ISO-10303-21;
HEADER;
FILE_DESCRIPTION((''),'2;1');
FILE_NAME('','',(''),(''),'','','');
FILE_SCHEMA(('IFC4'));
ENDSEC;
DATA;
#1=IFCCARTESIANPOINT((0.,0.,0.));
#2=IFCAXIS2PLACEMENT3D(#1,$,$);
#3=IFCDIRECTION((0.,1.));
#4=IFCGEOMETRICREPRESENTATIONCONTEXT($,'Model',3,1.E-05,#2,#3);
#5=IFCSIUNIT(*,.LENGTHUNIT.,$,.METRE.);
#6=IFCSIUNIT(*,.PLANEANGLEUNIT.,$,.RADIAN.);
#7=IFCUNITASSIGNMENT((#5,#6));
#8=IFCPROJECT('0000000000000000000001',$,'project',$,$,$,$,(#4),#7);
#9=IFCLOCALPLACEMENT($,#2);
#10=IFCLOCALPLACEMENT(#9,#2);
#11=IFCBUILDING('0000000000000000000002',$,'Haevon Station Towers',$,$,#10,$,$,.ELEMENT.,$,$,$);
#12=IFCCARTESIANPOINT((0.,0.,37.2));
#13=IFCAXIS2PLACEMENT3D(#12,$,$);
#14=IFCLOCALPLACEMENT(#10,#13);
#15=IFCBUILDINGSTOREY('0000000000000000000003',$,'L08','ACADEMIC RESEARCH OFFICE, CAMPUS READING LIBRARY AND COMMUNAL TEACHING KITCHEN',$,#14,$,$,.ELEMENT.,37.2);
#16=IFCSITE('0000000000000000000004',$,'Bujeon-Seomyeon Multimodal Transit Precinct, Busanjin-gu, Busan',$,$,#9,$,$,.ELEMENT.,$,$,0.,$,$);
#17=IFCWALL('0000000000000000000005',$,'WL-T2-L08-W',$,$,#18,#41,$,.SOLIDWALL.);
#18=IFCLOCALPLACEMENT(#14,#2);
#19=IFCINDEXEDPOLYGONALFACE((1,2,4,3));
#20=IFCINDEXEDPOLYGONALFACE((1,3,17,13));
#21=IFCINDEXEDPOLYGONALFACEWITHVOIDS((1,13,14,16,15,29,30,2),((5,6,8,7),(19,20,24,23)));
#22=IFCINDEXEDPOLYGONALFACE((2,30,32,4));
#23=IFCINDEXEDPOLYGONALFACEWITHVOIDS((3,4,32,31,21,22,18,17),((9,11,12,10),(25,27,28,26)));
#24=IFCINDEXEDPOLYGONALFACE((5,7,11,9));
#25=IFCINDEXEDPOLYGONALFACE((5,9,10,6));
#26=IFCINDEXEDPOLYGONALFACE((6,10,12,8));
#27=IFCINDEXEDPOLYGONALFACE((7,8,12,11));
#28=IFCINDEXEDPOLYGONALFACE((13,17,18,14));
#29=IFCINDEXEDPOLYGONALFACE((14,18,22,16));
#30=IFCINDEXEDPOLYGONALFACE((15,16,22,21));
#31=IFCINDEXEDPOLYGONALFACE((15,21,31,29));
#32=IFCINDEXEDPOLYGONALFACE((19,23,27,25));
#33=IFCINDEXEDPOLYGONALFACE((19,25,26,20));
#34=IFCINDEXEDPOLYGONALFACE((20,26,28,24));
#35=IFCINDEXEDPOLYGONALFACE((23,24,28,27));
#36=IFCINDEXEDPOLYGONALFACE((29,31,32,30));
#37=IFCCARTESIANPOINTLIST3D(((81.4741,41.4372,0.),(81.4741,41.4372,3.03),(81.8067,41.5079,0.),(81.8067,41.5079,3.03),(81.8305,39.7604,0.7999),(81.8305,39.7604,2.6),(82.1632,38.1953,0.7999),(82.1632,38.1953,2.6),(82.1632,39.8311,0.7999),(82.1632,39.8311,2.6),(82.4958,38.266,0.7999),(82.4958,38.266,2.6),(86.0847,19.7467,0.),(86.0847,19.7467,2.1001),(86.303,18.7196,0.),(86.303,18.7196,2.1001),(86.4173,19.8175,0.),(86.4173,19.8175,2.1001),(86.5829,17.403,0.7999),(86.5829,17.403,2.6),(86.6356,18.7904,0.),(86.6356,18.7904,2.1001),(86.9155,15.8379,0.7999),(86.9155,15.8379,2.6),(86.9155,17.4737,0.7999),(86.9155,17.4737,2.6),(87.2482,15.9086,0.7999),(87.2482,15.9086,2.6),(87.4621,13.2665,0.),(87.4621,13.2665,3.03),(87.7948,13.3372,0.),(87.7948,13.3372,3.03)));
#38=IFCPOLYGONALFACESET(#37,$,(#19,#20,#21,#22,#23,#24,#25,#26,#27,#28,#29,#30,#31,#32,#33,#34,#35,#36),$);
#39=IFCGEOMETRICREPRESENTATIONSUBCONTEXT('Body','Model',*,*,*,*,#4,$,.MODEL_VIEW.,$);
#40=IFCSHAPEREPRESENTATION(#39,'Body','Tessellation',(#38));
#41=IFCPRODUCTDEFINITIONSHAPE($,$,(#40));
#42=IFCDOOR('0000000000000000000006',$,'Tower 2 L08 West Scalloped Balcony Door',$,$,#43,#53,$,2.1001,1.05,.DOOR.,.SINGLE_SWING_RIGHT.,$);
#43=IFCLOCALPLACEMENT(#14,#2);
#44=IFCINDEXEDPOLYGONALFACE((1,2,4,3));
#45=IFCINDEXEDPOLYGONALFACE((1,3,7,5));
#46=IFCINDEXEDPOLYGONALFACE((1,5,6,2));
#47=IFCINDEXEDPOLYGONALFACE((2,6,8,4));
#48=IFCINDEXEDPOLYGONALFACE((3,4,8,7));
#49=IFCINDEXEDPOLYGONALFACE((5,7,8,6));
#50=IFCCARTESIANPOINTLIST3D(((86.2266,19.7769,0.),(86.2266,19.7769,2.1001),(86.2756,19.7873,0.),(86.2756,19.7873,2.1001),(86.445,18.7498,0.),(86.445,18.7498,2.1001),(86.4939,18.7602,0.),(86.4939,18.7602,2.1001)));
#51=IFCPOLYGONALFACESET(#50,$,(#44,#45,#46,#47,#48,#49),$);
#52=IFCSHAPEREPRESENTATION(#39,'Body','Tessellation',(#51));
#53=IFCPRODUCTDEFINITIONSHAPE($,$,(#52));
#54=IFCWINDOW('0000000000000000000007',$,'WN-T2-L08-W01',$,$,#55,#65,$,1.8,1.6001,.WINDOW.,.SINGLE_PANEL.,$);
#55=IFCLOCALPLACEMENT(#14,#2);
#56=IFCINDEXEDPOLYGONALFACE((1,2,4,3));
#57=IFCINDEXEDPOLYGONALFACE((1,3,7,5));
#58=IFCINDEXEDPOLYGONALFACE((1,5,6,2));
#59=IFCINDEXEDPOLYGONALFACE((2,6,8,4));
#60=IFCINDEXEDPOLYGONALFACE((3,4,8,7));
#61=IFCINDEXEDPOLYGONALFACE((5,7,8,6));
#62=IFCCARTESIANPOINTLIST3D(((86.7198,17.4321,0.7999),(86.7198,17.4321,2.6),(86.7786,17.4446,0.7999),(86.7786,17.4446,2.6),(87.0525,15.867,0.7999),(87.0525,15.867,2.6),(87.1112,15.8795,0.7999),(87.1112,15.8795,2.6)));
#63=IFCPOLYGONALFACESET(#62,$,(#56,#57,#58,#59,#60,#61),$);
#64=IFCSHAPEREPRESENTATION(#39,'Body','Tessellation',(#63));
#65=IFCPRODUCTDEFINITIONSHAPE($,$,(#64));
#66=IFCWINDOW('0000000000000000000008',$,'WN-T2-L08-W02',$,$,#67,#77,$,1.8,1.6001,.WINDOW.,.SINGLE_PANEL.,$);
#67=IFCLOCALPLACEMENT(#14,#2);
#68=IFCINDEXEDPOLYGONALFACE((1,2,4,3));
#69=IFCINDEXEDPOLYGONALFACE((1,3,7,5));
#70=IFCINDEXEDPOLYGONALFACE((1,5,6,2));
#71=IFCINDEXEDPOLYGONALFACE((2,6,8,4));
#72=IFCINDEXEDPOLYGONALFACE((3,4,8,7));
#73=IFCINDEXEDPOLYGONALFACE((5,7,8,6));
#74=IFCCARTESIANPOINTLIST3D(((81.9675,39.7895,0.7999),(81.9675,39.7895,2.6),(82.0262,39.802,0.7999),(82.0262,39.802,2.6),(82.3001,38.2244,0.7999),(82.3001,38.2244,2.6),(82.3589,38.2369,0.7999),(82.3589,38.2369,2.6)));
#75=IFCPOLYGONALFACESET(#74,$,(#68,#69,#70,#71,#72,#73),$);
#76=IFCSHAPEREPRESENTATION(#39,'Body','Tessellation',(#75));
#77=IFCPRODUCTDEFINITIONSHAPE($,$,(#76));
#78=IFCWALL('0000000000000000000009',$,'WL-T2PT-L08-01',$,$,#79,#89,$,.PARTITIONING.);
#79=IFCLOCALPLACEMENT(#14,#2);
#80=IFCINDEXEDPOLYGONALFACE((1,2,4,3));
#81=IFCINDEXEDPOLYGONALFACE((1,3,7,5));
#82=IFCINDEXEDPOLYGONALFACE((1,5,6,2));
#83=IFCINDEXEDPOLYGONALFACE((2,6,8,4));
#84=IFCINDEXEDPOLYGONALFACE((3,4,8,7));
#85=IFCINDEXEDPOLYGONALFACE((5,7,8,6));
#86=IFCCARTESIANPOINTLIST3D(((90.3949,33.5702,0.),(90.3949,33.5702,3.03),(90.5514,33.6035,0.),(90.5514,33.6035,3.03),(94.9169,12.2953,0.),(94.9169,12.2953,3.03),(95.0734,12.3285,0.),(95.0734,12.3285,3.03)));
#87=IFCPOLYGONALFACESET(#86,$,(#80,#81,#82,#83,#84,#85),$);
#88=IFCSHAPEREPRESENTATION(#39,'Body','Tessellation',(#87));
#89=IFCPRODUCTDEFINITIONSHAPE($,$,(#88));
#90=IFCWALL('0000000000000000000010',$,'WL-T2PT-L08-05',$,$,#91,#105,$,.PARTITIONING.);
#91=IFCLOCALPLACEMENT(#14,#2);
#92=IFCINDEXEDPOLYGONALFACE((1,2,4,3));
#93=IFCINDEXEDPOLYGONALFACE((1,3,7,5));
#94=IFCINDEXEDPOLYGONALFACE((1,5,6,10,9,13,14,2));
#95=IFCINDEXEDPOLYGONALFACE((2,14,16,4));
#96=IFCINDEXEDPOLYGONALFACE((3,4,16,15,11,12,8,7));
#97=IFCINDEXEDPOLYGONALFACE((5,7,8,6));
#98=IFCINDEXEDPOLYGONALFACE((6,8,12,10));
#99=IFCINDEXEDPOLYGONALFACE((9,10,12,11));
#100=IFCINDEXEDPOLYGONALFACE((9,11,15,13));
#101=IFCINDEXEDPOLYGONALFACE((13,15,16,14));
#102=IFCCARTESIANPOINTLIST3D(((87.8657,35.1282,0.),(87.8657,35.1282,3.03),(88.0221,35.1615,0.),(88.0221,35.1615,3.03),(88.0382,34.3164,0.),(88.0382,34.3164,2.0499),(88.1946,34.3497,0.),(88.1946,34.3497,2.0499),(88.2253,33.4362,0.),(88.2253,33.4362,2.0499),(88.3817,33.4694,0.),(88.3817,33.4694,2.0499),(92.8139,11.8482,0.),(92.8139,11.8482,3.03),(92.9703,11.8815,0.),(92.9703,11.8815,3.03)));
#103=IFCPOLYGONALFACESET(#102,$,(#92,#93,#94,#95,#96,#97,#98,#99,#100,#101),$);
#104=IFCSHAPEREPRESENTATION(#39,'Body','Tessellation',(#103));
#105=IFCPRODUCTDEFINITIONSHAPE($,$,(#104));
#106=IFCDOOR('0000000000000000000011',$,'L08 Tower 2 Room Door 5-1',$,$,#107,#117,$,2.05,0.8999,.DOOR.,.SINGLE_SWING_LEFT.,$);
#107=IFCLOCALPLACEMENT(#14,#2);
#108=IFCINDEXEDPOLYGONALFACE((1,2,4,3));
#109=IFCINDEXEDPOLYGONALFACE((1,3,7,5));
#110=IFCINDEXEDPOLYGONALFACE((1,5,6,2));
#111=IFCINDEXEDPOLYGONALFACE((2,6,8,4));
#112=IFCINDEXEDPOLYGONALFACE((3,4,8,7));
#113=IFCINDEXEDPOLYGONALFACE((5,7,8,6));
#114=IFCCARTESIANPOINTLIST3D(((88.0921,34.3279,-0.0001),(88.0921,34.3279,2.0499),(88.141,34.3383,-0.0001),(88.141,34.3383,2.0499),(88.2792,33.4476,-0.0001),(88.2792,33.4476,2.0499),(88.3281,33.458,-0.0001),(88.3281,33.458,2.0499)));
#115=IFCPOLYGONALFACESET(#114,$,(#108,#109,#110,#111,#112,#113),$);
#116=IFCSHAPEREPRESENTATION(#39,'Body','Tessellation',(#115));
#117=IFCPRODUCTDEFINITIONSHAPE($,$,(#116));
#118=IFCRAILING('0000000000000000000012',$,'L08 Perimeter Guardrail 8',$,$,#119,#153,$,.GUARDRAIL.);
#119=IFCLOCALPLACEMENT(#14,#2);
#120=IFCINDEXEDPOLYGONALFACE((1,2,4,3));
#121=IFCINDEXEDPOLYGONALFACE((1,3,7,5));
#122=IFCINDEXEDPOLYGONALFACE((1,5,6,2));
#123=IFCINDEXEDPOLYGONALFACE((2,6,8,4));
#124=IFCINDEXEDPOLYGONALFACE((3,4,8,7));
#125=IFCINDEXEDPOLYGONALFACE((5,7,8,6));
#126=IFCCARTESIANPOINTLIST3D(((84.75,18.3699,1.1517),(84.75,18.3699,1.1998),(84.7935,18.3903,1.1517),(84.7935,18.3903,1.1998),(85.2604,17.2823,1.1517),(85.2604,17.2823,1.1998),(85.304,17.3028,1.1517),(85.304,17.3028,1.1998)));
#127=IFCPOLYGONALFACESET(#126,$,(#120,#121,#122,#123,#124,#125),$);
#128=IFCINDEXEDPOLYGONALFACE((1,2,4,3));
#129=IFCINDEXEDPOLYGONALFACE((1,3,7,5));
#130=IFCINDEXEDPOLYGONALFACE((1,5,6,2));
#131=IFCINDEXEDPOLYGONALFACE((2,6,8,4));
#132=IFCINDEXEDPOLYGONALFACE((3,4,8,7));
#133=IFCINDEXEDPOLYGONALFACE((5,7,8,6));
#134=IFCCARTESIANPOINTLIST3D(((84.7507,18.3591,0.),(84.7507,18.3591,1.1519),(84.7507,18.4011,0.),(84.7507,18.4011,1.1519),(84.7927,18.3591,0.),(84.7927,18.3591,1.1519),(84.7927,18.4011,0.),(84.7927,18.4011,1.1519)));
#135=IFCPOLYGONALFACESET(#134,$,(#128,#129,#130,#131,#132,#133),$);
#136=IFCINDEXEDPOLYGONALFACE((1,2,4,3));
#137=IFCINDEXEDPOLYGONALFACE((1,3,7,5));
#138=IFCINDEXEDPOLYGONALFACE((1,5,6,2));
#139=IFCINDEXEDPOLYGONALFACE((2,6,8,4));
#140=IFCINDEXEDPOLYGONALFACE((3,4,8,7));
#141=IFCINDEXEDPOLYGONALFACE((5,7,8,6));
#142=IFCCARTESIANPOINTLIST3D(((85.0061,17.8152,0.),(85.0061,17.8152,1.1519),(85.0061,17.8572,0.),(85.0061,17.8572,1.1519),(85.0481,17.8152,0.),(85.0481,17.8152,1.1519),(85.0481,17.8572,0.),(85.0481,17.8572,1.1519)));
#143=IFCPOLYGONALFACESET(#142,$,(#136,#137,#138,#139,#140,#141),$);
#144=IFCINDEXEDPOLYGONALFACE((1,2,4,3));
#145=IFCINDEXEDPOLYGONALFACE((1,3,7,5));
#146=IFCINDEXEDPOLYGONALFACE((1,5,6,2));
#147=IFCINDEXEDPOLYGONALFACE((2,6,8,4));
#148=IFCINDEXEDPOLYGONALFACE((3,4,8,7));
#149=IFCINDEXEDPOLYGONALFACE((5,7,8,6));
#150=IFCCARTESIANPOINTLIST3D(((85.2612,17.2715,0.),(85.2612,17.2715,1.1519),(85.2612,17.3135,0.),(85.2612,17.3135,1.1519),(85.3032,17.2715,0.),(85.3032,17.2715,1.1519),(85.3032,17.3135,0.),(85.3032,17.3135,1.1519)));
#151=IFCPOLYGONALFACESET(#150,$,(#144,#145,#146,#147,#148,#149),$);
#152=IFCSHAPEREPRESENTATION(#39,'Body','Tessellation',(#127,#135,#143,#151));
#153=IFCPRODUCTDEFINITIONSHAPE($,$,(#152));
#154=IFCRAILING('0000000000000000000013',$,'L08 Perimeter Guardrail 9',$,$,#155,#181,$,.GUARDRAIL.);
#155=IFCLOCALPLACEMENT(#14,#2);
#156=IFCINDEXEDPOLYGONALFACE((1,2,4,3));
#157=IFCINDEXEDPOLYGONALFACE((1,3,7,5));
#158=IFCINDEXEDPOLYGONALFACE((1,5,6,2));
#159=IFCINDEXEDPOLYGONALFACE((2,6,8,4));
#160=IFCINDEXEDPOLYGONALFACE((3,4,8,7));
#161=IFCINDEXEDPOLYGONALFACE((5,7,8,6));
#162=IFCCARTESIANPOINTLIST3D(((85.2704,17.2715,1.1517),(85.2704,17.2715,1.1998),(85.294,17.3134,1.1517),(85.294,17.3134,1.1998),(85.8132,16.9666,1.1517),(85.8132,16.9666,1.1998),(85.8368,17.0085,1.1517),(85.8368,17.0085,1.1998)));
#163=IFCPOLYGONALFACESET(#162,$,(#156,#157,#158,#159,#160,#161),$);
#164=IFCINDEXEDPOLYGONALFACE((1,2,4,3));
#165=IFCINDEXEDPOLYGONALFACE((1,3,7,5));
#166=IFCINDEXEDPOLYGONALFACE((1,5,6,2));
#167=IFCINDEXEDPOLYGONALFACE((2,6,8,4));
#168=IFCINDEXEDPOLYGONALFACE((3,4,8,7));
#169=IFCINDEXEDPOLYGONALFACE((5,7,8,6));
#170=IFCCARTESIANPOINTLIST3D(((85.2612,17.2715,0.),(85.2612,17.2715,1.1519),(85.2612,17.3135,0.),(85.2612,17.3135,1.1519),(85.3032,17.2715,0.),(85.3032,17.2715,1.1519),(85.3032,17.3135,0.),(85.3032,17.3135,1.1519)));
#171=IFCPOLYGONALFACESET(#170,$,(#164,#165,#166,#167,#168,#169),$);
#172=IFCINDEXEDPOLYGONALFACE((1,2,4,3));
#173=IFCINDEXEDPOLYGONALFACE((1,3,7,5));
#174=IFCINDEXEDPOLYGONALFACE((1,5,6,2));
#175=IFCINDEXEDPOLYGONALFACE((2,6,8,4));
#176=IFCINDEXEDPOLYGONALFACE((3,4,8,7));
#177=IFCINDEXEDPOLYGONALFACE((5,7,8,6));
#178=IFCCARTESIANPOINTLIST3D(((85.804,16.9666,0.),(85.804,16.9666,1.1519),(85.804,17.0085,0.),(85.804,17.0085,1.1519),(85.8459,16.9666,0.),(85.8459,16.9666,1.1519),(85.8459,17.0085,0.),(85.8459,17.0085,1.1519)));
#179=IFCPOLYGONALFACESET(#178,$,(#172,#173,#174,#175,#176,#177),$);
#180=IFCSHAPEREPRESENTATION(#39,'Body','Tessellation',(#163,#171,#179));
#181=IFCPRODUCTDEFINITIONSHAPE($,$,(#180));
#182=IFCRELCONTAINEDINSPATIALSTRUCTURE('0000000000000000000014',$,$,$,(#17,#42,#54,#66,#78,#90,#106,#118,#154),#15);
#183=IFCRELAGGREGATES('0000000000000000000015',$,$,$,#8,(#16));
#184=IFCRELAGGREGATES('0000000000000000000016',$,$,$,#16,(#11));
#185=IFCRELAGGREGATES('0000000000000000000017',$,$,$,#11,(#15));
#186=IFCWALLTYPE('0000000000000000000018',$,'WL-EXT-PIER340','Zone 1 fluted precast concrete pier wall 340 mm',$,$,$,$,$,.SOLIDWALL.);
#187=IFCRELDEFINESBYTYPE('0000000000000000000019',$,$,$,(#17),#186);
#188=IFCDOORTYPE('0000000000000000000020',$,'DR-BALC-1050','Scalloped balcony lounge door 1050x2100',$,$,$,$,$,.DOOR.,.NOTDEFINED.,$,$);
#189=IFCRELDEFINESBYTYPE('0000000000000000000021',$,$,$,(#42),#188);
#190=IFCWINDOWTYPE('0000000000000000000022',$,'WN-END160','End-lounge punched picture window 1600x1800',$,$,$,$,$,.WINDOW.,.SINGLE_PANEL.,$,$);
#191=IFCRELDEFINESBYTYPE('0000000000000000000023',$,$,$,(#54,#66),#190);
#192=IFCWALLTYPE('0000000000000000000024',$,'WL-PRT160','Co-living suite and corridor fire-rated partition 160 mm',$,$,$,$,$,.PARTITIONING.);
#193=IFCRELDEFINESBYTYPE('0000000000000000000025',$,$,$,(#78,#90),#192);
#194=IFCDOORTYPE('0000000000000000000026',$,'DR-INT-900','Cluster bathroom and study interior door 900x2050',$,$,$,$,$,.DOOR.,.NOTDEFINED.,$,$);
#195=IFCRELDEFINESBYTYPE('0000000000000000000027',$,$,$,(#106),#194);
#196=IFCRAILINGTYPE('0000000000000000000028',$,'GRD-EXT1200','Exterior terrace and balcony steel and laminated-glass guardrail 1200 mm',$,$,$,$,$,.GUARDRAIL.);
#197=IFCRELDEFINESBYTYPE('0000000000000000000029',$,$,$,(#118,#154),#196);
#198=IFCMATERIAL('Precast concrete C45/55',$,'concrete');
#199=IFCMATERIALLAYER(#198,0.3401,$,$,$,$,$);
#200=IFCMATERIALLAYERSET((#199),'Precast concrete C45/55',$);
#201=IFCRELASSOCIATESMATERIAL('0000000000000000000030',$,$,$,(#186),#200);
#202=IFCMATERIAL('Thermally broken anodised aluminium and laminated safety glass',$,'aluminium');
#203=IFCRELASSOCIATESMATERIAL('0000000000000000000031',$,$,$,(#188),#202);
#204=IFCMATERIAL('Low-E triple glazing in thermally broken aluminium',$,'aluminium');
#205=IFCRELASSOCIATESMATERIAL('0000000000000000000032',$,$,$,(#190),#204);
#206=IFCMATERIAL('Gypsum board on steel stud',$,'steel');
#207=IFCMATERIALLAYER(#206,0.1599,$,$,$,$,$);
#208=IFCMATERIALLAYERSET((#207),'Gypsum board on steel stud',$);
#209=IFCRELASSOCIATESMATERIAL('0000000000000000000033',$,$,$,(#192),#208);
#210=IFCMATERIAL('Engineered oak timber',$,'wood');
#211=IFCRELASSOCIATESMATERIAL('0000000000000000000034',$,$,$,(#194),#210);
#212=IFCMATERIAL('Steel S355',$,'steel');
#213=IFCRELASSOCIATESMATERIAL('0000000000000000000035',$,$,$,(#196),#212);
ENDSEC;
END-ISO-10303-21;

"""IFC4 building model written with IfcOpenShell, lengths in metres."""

from ifc_helpers import new_model, si_unit, direction, frame, frame_2d, origin, origin_2d, place, context, subcontext, project, spatial, rectangle, extrude, material, layer, layer_set, type_object, element, fill, save


model = new_model("IFC4")

# Units and contexts
model_context = context("Model", 3, precision=1e-05, world=origin(), true_north=direction((0.0, 1.0)))
body_context = subcontext(model_context, "Body", "Model", "MODEL_VIEW")
ifc_project = project(units=[si_unit("LENGTHUNIT", "METRE"), si_unit("PLANEANGLEUNIT", "RADIAN")], contexts=[model_context])

# Site, building, storey
site_placement = place(None, origin())
site = spatial("IfcSite", under=ifc_project, at=site_placement, Name="Bujeon-Seomyeon Multimodal Transit Precinct, Busanjin-gu, Busan", CompositionType="ELEMENT", RefElevation=0.0)
building_placement = place(site_placement, origin())
building = spatial("IfcBuilding", under=site, at=building_placement, Name="Haevon Station Towers", CompositionType="ELEMENT")
storey_placement = place(building_placement, frame((0.0, 0.0, 37.2)))
storey = spatial("IfcBuildingStorey", under=building, at=storey_placement, Name="L08", Description="ACADEMIC RESEARCH OFFICE, CAMPUS READING LIBRARY AND COMMUNAL TEACHING KITCHEN", CompositionType="ELEMENT", Elevation=37.2)

# Shared definitions
ifc_material_1 = material(Name="Steel S355", Category="steel")

# Shared definitions
ifc_material_2 = material(Name="Precast concrete C45/55", Category="concrete")
ifc_layer_1 = layer(ifc_material_2, 0.3401)
ifc_layer_set_1 = layer_set([ifc_layer_1], Name="Precast concrete C45/55")
wall_type_1 = type_object("IfcWallType", Name="WL-EXT-PIER340", Description="Zone 1 fluted precast concrete pier wall 340 mm", PredefinedType="SOLIDWALL", material=ifc_layer_set_1)

# Wall, openings, door, windows
wall_1_placement = place(storey_placement, frame((87.6284, 13.302, 0.0), z_axis=(0.0, 0.0, 1.0), x_axis=(-0.207918, 0.978146, 0.0)))
wall_1 = element("IfcWall", 1, at=wall_1_placement, inside=storey, type_object=wall_type_1, Name="WL-T2-L08-W", PredefinedType="SOLIDWALL", context=body_context, shape_type="SweptSolid", body=[
    extrude(rectangle(XDim=28.8, YDim=0.3401, at=frame_2d((14.3999, 0.0))), origin(), (0.0, 0.0, 1.0), 3.03),
])
opening_1_placement = place(wall_1_placement, frame((5.575, 0.0, 0.0)))
opening_1 = element("IfcOpeningElement", 2, at=opening_1_placement, cuts=wall_1, PredefinedType="OPENING", context=body_context, shape_type="SweptSolid", body=[
    extrude(rectangle(XDim=1.05, YDim=2.1001, at=frame_2d((0.5249, 1.05))), frame((0.0, 0.1799, 0.0), z_axis=(0.0, -1.0, 0.0), x_axis=(1.0, 0.0, 0.0)), (0.0, 0.0, 1.0), 0.3601),
])
opening_2_placement = place(wall_1_placement, frame((2.6287, 0.0, 0.8)))
opening_2 = element("IfcOpeningElement", 3, at=opening_2_placement, cuts=wall_1, PredefinedType="OPENING", context=body_context, shape_type="SweptSolid", body=[
    extrude(rectangle(XDim=1.6001, YDim=1.8, at=frame_2d((0.8, 0.8999))), frame((0.0, 0.1799, 0.0), z_axis=(0.0, -1.0, 0.0), x_axis=(1.0, 0.0, 0.0)), (0.0, 0.0, 1.0), 0.3601),
])
opening_3_placement = place(wall_1_placement, frame((25.4856, 0.0, 0.8)))
opening_3 = element("IfcOpeningElement", 4, at=opening_3_placement, cuts=wall_1, PredefinedType="OPENING", context=body_context, shape_type="SweptSolid", body=[
    extrude(rectangle(XDim=1.6001, YDim=1.8, at=frame_2d((0.8, 0.8999))), frame((0.0, 0.1799, 0.0), z_axis=(0.0, -1.0, 0.0), x_axis=(1.0, 0.0, 0.0)), (0.0, 0.0, 1.0), 0.3601),
])
ifc_material_3 = material(Name="Thermally broken anodised aluminium and laminated safety glass", Category="aluminium")
door_type_1 = type_object("IfcDoorType", Name="DR-BALC-1050", Description="Scalloped balcony lounge door 1050x2100", OperationType="NOTDEFINED", PredefinedType="DOOR", material=ifc_material_3)
door_1_placement = place(opening_1_placement, origin())
door_1 = element("IfcDoor", 5, at=door_1_placement, inside=storey, type_object=door_type_1, Name="Tower 2 L08 West Scalloped Balcony Door", OperationType="SINGLE_SWING_RIGHT", OverallHeight=2.1001, OverallWidth=1.05, PredefinedType="DOOR", context=body_context, shape_type="SweptSolid", body=[
    extrude(rectangle(XDim=1.05, YDim=2.1001, at=frame_2d((0.5249, 1.05))), frame((0.0, 0.0249, 0.0), z_axis=(0.0, -1.0, 0.0), x_axis=(1.0, 0.0, 0.0)), (0.0, 0.0, 1.0), 0.05),
])
fill(opening_1, door_1)
ifc_material_4 = material(Name="Low-E triple glazing in thermally broken aluminium", Category="aluminium")
window_type = type_object("IfcWindowType", Name="WN-END160", Description="End-lounge punched picture window 1600x1800", PartitioningType="SINGLE_PANEL", PredefinedType="WINDOW", material=ifc_material_4)
window_1_placement = place(opening_2_placement, origin())
window_1 = element("IfcWindow", 6, at=window_1_placement, inside=storey, type_object=window_type, Name="WN-T2-L08-W01", OverallHeight=1.8, OverallWidth=1.6001, PartitioningType="SINGLE_PANEL", PredefinedType="WINDOW", context=body_context, shape_type="SweptSolid", body=[
    extrude(rectangle(XDim=1.6001, YDim=1.8, at=frame_2d((0.8, 0.8999))), frame((0.0, 0.03, 0.0), z_axis=(0.0, -1.0, 0.0), x_axis=(1.0, 0.0, 0.0)), (0.0, 0.0, 1.0), 0.0601),
])
fill(opening_2, window_1)
window_2_placement = place(opening_3_placement, origin())
window_2 = element("IfcWindow", 7, at=window_2_placement, inside=storey, type_object=window_type, Name="WN-T2-L08-W02", OverallHeight=1.8, OverallWidth=1.6001, PartitioningType="SINGLE_PANEL", PredefinedType="WINDOW", context=body_context, shape_type="SweptSolid", body=[
    extrude(rectangle(XDim=1.6001, YDim=1.8, at=frame_2d((0.8, 0.8999))), frame((0.0, 0.03, 0.0), z_axis=(0.0, -1.0, 0.0), x_axis=(1.0, 0.0, 0.0)), (0.0, 0.0, 1.0), 0.0601),
])
fill(opening_3, window_2)

# Wall
ifc_material_5 = material(Name="Gypsum board on steel stud", Category="steel")
ifc_layer_2 = layer(ifc_material_5, 0.1599)
ifc_layer_set_2 = layer_set([ifc_layer_2], Name="Gypsum board on steel stud")
wall_type_2 = type_object("IfcWallType", Name="WL-PRT160", Description="Co-living suite and corridor fire-rated partition 160 mm", PredefinedType="PARTITIONING", material=ifc_layer_set_2)
wall_2_placement = place(storey_placement, frame((94.9951, 12.312, 0.0), z_axis=(0.0, 0.0, 1.0), x_axis=(-0.207905, 0.978149, 0.0)))
element("IfcWall", 8, at=wall_2_placement, inside=storey, type_object=wall_type_2, Name="WL-T2PT-L08-01", PredefinedType="PARTITIONING", context=body_context, shape_type="SweptSolid", body=[
    extrude(rectangle(XDim=21.7502, YDim=0.1599, at=frame_2d((10.875, 0.0))), origin(), (0.0, 0.0, 1.0), 3.03),
])

# Wall, opening, door
wall_3_placement = place(storey_placement, frame((92.8921, 11.865, 0.0), z_axis=(0.0, 0.0, 1.0), x_axis=(-0.207908, 0.978148, 0.0)))
wall_3 = element("IfcWall", 9, at=wall_3_placement, inside=storey, type_object=wall_type_2, Name="WL-T2PT-L08-05", PredefinedType="PARTITIONING", context=body_context, shape_type="SweptSolid", body=[
    extrude(rectangle(XDim=23.8, YDim=0.1599, at=frame_2d((11.8999, 0.0))), origin(), (0.0, 0.0, 1.0), 3.03),
])
opening_4_placement = place(wall_3_placement, frame((22.0701, 0.0, 0.0)))
opening_4 = element("IfcOpeningElement", 10, at=opening_4_placement, cuts=wall_3, PredefinedType="OPENING", context=body_context, shape_type="SweptSolid", body=[
    extrude(rectangle(XDim=0.8999, YDim=2.05, at=frame_2d((0.45, 1.0249))), frame((0.0, 0.0898, 0.0), z_axis=(0.0, -1.0, 0.0), x_axis=(1.0, 0.0, 0.0)), (0.0, 0.0, 1.0), 0.1799),
])
ifc_material_6 = material(Name="Engineered oak timber", Category="wood")
door_type_2 = type_object("IfcDoorType", Name="DR-INT-900", Description="Cluster bathroom and study interior door 900x2050", OperationType="NOTDEFINED", PredefinedType="DOOR", material=ifc_material_6)
door_2_placement = place(opening_4_placement, origin())
door_2 = element("IfcDoor", 11, at=door_2_placement, inside=storey, type_object=door_type_2, Name="L08 Tower 2 Room Door 5-1", OperationType="SINGLE_SWING_LEFT", OverallHeight=2.05, OverallWidth=0.8999, PredefinedType="DOOR", context=body_context, shape_type="SweptSolid", body=[
    extrude(rectangle(XDim=0.8999, YDim=2.05, at=frame_2d((0.45, 1.0249))), frame((0.0, 0.0249, 0.0), z_axis=(0.0, -1.0, 0.0), x_axis=(1.0, 0.0, 0.0)), (0.0, 0.0, 1.0), 0.05),
])
fill(opening_4, door_2)

# Railings
railing_type = type_object("IfcRailingType", Name="GRD-EXT1200", Description="Exterior terrace and balcony steel and laminated-glass guardrail 1200 mm", PredefinedType="GUARDRAIL", material=ifc_material_1)
railing_1_placement = place(storey_placement, frame((84.7717, 18.3801, 0.0)))
element("IfcRailing", 12, at=railing_1_placement, inside=storey, type_object=railing_type, Name="L08 Perimeter Guardrail 8", PredefinedType="GUARDRAIL", context=body_context, shape_type="SweptSolid", body=[
    extrude(rectangle(XDim=0.0481, YDim=0.0481, at=origin_2d()), frame((0.0, 0.0, 1.1758), z_axis=(0.424887, -0.905247, 0.0), x_axis=(0.905247, 0.424887, 0.0)), (0.0, 0.0, 1.0), 1.2014),
    extrude(rectangle(XDim=0.042, YDim=0.042, at=origin_2d()), origin(), (0.0, 0.0, 1.0), 1.1519),
    extrude(rectangle(XDim=0.042, YDim=0.042, at=origin_2d()), frame((0.2554, -0.5439, 0.0)), (0.0, 0.0, 1.0), 1.1519),
    extrude(rectangle(XDim=0.042, YDim=0.042, at=origin_2d()), frame((0.5105, -1.0876, 0.0)), (0.0, 0.0, 1.0), 1.1519),
])
railing_2_placement = place(storey_placement, frame((85.2822, 17.2925, 0.0)))
element("IfcRailing", 13, at=railing_2_placement, inside=storey, type_object=railing_type, Name="L08 Perimeter Guardrail 9", PredefinedType="GUARDRAIL", context=body_context, shape_type="SweptSolid", body=[
    extrude(rectangle(XDim=0.0481, YDim=0.0481, at=origin_2d()), frame((0.0, 0.0, 1.1758), z_axis=(0.871816, -0.489833, 0.0), x_axis=(0.489833, 0.871816, 0.0)), (0.0, 0.0, 1.0), 0.6226),
    extrude(rectangle(XDim=0.042, YDim=0.042, at=origin_2d()), origin(), (0.0, 0.0, 1.0), 1.1519),
    extrude(rectangle(XDim=0.042, YDim=0.042, at=origin_2d()), frame((0.5427, -0.3049, 0.0)), (0.0, 0.0, 1.0), 1.1519),
])

save(model, "model.ifc")
